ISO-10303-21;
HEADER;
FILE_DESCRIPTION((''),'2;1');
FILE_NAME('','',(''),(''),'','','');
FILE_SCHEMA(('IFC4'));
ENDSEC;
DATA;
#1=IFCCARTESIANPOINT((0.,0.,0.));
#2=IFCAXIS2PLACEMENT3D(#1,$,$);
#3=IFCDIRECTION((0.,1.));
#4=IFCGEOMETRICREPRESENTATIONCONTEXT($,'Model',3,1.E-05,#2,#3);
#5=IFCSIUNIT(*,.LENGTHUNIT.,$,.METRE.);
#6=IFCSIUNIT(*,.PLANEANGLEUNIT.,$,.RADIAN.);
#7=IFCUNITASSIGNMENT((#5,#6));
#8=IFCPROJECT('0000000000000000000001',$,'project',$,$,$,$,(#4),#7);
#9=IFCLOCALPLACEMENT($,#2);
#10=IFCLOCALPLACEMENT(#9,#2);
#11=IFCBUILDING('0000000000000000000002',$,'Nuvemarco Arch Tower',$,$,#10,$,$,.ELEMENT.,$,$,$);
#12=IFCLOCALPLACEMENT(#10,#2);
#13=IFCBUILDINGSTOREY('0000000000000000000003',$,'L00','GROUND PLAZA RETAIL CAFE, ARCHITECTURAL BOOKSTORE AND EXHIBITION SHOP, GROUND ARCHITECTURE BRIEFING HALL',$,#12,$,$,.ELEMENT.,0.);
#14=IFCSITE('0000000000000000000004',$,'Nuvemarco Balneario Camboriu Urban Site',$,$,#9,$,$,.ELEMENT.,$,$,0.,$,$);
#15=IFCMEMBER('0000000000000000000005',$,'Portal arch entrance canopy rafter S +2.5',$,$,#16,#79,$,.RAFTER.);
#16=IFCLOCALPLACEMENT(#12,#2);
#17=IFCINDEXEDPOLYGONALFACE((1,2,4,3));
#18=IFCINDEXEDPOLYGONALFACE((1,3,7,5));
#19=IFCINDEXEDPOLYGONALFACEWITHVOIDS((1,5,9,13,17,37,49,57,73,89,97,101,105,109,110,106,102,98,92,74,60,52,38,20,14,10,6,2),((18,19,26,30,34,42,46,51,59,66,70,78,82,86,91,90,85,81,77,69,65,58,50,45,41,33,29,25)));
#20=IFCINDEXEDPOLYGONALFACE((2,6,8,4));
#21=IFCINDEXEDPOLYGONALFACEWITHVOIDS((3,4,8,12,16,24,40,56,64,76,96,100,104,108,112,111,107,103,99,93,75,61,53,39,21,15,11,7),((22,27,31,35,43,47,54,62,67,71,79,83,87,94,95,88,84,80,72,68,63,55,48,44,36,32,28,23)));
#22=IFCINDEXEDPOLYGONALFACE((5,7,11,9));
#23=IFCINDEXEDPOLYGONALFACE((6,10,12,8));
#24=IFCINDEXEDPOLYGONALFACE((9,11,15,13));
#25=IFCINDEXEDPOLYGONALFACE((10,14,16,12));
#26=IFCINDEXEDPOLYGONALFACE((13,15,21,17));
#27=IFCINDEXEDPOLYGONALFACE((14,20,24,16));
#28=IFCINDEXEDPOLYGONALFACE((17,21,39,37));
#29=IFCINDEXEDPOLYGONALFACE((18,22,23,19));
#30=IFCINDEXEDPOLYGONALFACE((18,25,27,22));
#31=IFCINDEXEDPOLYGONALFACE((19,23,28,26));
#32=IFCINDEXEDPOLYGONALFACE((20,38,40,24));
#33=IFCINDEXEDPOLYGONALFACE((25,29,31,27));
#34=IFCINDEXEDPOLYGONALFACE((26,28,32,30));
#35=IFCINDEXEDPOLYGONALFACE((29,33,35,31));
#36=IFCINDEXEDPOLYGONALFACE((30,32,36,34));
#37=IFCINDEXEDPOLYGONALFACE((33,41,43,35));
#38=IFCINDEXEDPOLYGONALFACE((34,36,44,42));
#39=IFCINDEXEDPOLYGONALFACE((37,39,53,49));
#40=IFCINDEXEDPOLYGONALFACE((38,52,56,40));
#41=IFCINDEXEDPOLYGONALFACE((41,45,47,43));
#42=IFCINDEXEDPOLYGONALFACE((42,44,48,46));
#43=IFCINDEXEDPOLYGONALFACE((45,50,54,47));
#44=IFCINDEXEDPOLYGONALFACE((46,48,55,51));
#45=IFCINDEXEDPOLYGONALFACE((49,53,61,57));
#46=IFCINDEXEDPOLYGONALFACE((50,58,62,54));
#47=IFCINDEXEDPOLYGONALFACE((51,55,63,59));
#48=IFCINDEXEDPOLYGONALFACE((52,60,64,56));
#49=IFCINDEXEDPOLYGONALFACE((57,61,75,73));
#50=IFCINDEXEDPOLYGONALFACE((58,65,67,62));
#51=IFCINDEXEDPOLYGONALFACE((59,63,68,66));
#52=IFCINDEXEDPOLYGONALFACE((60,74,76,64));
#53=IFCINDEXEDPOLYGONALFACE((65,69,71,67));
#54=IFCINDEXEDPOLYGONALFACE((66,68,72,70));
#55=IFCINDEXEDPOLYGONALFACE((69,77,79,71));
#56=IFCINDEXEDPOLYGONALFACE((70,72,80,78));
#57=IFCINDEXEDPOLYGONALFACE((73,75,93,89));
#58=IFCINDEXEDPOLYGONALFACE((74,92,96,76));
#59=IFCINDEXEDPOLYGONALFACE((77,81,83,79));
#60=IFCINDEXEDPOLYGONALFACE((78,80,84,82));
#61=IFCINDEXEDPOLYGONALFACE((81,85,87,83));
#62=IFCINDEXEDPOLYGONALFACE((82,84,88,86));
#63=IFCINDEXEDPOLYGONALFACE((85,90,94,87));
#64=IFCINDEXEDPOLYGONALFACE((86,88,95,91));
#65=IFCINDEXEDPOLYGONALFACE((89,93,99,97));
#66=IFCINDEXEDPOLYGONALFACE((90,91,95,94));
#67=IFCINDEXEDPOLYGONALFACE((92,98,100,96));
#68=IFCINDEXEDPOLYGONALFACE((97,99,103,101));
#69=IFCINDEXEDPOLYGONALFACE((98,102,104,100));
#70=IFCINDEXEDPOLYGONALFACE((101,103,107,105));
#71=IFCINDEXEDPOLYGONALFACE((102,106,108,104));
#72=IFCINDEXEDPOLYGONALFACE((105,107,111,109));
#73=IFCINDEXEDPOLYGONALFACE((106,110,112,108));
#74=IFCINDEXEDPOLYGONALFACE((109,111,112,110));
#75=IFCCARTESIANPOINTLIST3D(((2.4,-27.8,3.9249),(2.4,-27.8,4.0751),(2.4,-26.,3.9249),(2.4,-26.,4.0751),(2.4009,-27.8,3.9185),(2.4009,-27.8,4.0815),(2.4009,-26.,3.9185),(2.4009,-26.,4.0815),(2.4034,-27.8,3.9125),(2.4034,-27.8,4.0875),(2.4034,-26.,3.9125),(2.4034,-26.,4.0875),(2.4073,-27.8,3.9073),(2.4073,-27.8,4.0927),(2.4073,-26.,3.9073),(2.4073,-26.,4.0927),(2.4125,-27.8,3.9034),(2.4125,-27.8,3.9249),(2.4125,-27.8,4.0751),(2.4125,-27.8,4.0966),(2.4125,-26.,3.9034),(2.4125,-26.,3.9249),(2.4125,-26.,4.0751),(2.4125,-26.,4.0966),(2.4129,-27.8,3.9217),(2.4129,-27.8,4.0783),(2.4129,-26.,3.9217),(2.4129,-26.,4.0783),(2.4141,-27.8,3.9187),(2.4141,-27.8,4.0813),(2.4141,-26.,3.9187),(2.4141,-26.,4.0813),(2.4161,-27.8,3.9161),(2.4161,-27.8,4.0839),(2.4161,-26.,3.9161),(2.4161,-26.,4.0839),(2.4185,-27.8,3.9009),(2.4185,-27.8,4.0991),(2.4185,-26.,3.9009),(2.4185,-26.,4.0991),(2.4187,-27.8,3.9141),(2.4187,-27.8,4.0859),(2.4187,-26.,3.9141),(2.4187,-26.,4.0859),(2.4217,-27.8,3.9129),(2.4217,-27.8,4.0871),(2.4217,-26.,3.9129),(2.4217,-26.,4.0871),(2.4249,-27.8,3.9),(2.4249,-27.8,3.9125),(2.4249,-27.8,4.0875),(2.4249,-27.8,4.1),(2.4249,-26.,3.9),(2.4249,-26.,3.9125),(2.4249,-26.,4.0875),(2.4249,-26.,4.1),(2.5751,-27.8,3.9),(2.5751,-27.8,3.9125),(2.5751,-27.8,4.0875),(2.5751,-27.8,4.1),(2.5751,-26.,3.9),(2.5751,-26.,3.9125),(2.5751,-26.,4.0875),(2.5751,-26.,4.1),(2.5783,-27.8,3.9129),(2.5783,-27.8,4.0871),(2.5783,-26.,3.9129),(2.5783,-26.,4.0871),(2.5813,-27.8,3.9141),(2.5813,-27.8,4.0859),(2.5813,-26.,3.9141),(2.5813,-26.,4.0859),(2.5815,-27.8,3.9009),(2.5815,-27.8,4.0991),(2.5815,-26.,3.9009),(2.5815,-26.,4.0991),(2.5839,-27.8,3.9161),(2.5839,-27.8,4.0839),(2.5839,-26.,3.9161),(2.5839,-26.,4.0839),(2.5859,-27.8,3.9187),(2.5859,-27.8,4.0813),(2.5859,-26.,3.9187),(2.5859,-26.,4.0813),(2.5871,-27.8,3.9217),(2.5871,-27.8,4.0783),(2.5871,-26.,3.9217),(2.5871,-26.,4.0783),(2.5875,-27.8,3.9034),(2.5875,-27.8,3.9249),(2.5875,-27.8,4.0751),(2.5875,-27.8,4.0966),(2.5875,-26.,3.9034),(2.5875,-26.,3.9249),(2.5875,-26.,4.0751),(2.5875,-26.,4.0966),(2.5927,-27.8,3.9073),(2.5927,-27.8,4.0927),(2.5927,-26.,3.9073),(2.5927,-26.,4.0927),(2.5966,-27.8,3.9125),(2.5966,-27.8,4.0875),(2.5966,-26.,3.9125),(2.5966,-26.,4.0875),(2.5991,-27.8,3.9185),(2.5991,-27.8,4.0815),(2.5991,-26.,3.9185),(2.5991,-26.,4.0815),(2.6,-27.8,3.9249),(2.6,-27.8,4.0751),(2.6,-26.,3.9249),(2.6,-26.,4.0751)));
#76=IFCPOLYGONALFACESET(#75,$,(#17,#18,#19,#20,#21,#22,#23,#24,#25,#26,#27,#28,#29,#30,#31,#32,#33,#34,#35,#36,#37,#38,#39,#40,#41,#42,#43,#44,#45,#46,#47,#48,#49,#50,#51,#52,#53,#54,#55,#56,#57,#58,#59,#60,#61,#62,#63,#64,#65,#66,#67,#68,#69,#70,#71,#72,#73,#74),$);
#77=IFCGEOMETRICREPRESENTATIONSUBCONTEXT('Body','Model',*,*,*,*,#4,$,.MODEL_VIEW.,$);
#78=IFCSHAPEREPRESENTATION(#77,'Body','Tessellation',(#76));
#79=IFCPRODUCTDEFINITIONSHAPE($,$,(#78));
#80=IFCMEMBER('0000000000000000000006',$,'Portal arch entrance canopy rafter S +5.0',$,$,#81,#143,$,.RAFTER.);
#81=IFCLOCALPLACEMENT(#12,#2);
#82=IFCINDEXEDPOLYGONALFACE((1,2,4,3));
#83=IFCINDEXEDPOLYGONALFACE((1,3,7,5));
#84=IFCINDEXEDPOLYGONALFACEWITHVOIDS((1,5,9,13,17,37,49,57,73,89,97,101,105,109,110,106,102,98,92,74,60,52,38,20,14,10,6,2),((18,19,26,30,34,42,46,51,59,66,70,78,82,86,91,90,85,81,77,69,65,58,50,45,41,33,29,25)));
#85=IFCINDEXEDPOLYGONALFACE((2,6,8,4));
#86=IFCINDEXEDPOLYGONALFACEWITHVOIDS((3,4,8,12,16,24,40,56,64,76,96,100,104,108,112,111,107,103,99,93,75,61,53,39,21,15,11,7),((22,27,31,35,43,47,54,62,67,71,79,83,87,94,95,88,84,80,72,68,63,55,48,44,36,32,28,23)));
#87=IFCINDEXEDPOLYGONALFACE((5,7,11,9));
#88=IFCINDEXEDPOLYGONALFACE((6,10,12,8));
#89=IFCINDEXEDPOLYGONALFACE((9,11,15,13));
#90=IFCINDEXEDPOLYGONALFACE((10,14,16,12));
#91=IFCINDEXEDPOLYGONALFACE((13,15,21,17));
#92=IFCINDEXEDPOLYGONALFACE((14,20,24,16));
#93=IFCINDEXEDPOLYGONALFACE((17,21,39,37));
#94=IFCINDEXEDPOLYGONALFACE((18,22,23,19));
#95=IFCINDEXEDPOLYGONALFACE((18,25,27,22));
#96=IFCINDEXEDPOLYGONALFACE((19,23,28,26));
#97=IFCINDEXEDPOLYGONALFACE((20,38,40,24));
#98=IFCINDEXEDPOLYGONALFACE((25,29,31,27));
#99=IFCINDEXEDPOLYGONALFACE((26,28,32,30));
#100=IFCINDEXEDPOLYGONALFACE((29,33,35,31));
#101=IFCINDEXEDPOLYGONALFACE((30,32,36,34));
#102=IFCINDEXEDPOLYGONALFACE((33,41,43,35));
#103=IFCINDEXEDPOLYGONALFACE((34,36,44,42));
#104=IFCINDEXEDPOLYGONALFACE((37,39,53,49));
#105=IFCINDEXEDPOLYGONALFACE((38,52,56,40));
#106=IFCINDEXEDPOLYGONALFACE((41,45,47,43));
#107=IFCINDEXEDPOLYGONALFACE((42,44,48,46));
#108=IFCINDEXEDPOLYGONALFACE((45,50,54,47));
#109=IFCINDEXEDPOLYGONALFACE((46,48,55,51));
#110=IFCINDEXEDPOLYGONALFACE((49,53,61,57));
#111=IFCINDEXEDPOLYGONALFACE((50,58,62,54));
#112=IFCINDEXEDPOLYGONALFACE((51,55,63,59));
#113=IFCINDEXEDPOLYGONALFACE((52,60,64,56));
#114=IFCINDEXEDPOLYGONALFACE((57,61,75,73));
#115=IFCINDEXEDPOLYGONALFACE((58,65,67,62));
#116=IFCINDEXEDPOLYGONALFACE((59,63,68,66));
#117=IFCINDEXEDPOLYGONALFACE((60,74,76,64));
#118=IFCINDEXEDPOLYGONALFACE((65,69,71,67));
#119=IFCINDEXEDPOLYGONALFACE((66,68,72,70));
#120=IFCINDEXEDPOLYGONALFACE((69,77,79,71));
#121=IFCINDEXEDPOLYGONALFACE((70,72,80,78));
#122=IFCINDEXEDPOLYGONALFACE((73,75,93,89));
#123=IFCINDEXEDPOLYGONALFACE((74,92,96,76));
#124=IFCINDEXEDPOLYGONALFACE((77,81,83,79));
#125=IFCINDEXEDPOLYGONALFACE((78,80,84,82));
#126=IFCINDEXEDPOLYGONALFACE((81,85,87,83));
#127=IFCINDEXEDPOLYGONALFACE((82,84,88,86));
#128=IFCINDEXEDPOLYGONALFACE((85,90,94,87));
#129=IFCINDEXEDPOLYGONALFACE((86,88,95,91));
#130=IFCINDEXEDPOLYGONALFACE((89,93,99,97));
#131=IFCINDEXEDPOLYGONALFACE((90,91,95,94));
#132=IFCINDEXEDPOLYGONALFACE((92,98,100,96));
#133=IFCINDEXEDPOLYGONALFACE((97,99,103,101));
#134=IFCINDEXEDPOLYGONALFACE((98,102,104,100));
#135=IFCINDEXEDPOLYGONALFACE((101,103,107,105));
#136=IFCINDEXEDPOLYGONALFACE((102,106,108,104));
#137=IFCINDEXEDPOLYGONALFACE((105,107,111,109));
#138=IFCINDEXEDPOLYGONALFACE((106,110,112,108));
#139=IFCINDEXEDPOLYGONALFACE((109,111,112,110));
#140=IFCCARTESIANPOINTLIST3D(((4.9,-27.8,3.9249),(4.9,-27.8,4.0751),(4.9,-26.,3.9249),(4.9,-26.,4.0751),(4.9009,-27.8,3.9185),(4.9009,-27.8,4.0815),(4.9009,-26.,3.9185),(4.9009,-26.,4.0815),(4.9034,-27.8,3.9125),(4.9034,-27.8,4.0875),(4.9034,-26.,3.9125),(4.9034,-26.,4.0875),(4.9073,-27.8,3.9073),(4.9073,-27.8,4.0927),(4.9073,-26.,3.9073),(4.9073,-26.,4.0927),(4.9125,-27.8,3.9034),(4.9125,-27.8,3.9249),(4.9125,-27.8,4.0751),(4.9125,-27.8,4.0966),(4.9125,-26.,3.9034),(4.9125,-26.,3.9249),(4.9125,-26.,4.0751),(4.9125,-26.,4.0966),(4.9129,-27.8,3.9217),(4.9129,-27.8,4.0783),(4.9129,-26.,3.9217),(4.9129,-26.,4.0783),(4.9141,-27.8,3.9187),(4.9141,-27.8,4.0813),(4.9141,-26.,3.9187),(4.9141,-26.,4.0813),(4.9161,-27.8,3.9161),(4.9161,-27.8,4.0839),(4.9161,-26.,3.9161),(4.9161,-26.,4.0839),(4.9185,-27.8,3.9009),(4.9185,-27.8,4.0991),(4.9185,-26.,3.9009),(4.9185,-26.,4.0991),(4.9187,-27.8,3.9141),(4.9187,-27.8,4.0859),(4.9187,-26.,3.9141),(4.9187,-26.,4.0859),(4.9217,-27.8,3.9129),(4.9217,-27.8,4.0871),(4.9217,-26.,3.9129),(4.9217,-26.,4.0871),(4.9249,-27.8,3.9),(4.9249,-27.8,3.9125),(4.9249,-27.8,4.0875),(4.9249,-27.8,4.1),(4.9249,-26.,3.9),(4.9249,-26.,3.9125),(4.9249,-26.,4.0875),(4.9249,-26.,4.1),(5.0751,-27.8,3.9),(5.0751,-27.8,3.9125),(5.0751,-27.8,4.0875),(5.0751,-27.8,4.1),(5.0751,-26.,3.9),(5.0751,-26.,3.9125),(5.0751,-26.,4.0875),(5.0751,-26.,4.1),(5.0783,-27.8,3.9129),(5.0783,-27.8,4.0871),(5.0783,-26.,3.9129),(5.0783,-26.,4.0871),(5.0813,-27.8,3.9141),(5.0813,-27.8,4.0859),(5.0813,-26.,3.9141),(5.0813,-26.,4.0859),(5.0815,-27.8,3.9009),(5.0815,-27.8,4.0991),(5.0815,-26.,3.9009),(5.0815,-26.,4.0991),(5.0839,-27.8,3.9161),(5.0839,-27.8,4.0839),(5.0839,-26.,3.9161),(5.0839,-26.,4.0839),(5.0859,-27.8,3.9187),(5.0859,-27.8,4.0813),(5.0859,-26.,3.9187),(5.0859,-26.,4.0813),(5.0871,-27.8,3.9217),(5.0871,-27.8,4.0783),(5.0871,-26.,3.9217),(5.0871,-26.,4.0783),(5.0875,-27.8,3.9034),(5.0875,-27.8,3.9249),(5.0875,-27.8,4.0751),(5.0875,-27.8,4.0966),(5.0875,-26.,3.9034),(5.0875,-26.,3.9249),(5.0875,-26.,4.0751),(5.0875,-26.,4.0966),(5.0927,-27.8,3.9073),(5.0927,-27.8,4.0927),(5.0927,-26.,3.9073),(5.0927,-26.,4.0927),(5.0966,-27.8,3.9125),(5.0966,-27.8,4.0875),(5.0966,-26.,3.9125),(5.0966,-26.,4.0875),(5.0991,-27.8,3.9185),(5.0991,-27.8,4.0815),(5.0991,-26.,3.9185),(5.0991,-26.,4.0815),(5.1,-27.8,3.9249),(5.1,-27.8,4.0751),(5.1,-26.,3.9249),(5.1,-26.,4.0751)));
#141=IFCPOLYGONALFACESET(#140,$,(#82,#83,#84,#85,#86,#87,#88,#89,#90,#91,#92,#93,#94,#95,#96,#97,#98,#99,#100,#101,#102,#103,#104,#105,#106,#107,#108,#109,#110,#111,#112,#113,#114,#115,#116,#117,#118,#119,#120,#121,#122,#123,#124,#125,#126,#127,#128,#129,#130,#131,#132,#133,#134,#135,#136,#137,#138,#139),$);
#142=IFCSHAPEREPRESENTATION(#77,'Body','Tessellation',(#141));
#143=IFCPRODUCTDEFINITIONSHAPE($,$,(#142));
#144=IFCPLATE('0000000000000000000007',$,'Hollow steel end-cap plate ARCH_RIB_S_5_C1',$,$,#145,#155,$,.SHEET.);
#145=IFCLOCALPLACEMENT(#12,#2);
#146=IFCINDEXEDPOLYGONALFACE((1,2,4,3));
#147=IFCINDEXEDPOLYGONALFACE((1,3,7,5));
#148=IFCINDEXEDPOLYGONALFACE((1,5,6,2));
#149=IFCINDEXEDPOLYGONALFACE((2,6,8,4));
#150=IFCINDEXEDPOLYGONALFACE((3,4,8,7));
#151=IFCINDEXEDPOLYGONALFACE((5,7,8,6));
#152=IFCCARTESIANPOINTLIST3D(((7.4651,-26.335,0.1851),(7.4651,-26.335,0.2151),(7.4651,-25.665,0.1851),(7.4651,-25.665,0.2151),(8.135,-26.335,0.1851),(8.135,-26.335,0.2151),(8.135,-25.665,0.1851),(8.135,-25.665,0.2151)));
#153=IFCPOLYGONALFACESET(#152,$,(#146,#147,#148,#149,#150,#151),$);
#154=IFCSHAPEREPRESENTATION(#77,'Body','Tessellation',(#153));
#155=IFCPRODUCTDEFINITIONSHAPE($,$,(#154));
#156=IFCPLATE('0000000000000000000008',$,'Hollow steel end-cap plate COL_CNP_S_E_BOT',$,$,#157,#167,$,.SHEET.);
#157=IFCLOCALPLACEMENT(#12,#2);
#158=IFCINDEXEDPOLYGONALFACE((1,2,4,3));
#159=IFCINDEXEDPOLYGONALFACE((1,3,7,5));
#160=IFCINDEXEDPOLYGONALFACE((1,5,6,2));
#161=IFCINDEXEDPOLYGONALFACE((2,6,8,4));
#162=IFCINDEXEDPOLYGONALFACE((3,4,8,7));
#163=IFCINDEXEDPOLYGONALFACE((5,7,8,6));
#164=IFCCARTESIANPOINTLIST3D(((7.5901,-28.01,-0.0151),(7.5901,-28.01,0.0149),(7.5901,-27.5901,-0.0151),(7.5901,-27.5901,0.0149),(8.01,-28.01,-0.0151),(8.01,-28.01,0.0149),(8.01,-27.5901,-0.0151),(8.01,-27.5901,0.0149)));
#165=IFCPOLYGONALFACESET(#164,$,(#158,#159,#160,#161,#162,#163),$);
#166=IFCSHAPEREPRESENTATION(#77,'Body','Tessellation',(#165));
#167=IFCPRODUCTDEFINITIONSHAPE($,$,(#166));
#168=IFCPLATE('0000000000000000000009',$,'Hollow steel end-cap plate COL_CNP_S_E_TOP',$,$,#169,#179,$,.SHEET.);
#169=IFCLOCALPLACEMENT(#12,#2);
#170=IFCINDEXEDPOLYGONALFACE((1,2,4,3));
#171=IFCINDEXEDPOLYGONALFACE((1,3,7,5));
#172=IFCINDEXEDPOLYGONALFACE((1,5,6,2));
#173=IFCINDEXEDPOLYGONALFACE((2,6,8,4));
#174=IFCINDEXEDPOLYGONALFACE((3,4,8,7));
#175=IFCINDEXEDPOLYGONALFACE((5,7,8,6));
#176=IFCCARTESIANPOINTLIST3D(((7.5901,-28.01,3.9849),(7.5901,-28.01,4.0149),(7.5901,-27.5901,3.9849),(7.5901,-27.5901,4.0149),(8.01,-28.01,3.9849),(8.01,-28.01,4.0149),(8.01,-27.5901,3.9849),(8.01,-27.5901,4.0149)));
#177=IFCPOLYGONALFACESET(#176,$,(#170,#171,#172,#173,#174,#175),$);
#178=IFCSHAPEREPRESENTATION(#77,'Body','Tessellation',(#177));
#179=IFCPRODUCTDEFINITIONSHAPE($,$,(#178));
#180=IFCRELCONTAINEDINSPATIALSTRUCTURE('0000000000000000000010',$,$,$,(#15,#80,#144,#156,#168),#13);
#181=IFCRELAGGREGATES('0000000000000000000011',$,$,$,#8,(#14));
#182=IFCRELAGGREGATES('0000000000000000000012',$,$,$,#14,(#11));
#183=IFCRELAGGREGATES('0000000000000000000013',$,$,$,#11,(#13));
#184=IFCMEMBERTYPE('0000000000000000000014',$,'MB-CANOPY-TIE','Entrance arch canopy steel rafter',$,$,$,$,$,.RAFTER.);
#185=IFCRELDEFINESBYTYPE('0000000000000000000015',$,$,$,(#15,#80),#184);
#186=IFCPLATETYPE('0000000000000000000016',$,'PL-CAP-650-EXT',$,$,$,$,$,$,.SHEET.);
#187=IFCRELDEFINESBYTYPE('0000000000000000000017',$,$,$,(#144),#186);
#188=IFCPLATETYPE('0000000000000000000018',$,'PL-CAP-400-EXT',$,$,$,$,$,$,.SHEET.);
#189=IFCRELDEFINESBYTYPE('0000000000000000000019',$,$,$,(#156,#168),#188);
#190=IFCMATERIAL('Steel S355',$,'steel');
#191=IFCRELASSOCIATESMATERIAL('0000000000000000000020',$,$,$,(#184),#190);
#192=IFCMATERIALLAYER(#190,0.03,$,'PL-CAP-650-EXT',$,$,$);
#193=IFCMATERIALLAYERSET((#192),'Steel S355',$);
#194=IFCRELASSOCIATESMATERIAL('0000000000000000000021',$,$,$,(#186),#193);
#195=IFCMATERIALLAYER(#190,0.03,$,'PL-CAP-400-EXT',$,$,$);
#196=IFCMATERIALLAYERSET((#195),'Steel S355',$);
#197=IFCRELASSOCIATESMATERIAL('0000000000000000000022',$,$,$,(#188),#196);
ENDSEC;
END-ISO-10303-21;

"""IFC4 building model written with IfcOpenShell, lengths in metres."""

from ifc_helpers import new_model, si_unit, direction, frame, origin, origin_2d, place, context, subcontext, project, spatial, rectangle, hollow_rectangle, extrude, source, transform, mapped, material, layer, layer_set, material_profile, profile_set, type_object, type_shapes, element, save


model = new_model("IFC4")

# Units and contexts
model_context = context("Model", 3, precision=1e-05, world=origin(), true_north=direction((0.0, 1.0)))
body_context = subcontext(model_context, "Body", "Model", "MODEL_VIEW")
ifc_project = project(units=[si_unit("LENGTHUNIT", "METRE"), si_unit("PLANEANGLEUNIT", "RADIAN")], contexts=[model_context])

# Site, building, storey
site_placement = place(None, origin())
site = spatial("IfcSite", under=ifc_project, at=site_placement, Name="Nuvemarco Balneario Camboriu Urban Site", CompositionType="ELEMENT", RefElevation=0.0)
building_placement = place(site_placement, origin())
building = spatial("IfcBuilding", under=site, at=building_placement, Name="Nuvemarco Arch Tower", CompositionType="ELEMENT")
storey_placement = place(building_placement, origin())
storey = spatial("IfcBuildingStorey", under=building, at=storey_placement, Name="L00", Description="GROUND PLAZA RETAIL CAFE, ARCHITECTURAL BOOKSTORE AND EXHIBITION SHOP, GROUND ARCHITECTURE BRIEFING HALL", CompositionType="ELEMENT", Elevation=0.0)

# Shared definitions
ifc_material_1 = material(Name="Steel S355", Category="steel")

# Members
ifc_material_profile_1 = material_profile(ifc_material_1, hollow_rectangle(XDim=0.2, YDim=0.2, WallThickness=0.0125, InnerFilletRadius=0.0125, OuterFilletRadius=0.0249, at=origin_2d()), Name="SHS200x200x12.5")
ifc_profile_set_1 = profile_set([ifc_material_profile_1], Name="Steel S355")
member_type = type_object("IfcMemberType", Name="MB-CANOPY-TIE", Description="Entrance arch canopy steel rafter", PredefinedType="RAFTER", material=ifc_profile_set_1)
for number, where, z_axis, x_axis, name in (
    (1, (2.5, -26.0, 4.0), (0.0, -1.0, 0.0), (1.0, 0.0, 0.0), "Portal arch entrance canopy rafter S +2.5"),
    (2, (5.0, -26.0, 4.0), (0.0, -1.0, 0.0), (1.0, 0.0, 0.0), "Portal arch entrance canopy rafter S +5.0"),
):
    element("IfcMember", number, at=place(storey_placement, frame(where, z_axis=z_axis, x_axis=x_axis)), inside=storey, type_object=member_type, Name=name, PredefinedType="RAFTER", context=body_context, shape_type="SweptSolid", body=[
        extrude(hollow_rectangle(XDim=0.2, YDim=0.2, WallThickness=0.0125, InnerFilletRadius=0.0125, OuterFilletRadius=0.0249, at=origin_2d()), origin(), (0.0, 0.0, 1.0), 1.8),
    ])

# Plates
ifc_layer_1 = layer(ifc_material_1, 0.03, Name="PL-CAP-650-EXT")
ifc_layer_set_1 = layer_set([ifc_layer_1], Name="Steel S355")
plate_type_1 = type_object("IfcPlateType", Name="PL-CAP-650-EXT", PredefinedType="SHEET", material=ifc_layer_set_1)
shared_shape_1 = source(origin(), body_context, "Body", "SweptSolid", [
    extrude(rectangle(XDim=0.6699, YDim=0.6699, at=origin_2d()), origin(), (0.0, 0.0, 1.0), 0.03),
])
type_shapes(plate_type_1, [shared_shape_1])
plate_placement = place(storey_placement, frame((7.8, -26.0, 0.1851), z_axis=(0.0, 0.0, 1.0), x_axis=(1.0, 0.0, 0.0)))
element("IfcPlate", 3, at=plate_placement, inside=storey, type_object=plate_type_1, Name="Hollow steel end-cap plate ARCH_RIB_S_5_C1", PredefinedType="SHEET", context=body_context, shape_type="MappedRepresentation", body=[
    mapped(shared_shape_1, transform((0.0, 0.0, 0.0), scale=1.0)),
])
ifc_layer_2 = layer(ifc_material_1, 0.03, Name="PL-CAP-400-EXT")
ifc_layer_set_2 = layer_set([ifc_layer_2], Name="Steel S355")
plate_type_2 = type_object("IfcPlateType", Name="PL-CAP-400-EXT", PredefinedType="SHEET", material=ifc_layer_set_2)
shared_shape_2 = source(origin(), body_context, "Body", "SweptSolid", [
    extrude(rectangle(XDim=0.4199, YDim=0.4199, at=origin_2d()), origin(), (0.0, 0.0, 1.0), 0.03),
])
type_shapes(plate_type_2, [shared_shape_2])
for number, where, z_axis, x_axis, name in (
    (4, (7.8, -27.8, -0.0151), (0.0, 0.0, 1.0), (1.0, 0.0, 0.0), "Hollow steel end-cap plate COL_CNP_S_E_BOT"),
    (5, (7.8, -27.8, 3.9849), (0.0, 0.0, 1.0), (1.0, 0.0, 0.0), "Hollow steel end-cap plate COL_CNP_S_E_TOP"),
):
    element("IfcPlate", number, at=place(storey_placement, frame(where, z_axis=z_axis, x_axis=x_axis)), inside=storey, type_object=plate_type_2, Name=name, PredefinedType="SHEET", context=body_context, shape_type="MappedRepresentation", body=[
        mapped(shared_shape_2, transform((0.0, 0.0, 0.0), scale=1.0)),
    ])

save(model, "model.ifc")
